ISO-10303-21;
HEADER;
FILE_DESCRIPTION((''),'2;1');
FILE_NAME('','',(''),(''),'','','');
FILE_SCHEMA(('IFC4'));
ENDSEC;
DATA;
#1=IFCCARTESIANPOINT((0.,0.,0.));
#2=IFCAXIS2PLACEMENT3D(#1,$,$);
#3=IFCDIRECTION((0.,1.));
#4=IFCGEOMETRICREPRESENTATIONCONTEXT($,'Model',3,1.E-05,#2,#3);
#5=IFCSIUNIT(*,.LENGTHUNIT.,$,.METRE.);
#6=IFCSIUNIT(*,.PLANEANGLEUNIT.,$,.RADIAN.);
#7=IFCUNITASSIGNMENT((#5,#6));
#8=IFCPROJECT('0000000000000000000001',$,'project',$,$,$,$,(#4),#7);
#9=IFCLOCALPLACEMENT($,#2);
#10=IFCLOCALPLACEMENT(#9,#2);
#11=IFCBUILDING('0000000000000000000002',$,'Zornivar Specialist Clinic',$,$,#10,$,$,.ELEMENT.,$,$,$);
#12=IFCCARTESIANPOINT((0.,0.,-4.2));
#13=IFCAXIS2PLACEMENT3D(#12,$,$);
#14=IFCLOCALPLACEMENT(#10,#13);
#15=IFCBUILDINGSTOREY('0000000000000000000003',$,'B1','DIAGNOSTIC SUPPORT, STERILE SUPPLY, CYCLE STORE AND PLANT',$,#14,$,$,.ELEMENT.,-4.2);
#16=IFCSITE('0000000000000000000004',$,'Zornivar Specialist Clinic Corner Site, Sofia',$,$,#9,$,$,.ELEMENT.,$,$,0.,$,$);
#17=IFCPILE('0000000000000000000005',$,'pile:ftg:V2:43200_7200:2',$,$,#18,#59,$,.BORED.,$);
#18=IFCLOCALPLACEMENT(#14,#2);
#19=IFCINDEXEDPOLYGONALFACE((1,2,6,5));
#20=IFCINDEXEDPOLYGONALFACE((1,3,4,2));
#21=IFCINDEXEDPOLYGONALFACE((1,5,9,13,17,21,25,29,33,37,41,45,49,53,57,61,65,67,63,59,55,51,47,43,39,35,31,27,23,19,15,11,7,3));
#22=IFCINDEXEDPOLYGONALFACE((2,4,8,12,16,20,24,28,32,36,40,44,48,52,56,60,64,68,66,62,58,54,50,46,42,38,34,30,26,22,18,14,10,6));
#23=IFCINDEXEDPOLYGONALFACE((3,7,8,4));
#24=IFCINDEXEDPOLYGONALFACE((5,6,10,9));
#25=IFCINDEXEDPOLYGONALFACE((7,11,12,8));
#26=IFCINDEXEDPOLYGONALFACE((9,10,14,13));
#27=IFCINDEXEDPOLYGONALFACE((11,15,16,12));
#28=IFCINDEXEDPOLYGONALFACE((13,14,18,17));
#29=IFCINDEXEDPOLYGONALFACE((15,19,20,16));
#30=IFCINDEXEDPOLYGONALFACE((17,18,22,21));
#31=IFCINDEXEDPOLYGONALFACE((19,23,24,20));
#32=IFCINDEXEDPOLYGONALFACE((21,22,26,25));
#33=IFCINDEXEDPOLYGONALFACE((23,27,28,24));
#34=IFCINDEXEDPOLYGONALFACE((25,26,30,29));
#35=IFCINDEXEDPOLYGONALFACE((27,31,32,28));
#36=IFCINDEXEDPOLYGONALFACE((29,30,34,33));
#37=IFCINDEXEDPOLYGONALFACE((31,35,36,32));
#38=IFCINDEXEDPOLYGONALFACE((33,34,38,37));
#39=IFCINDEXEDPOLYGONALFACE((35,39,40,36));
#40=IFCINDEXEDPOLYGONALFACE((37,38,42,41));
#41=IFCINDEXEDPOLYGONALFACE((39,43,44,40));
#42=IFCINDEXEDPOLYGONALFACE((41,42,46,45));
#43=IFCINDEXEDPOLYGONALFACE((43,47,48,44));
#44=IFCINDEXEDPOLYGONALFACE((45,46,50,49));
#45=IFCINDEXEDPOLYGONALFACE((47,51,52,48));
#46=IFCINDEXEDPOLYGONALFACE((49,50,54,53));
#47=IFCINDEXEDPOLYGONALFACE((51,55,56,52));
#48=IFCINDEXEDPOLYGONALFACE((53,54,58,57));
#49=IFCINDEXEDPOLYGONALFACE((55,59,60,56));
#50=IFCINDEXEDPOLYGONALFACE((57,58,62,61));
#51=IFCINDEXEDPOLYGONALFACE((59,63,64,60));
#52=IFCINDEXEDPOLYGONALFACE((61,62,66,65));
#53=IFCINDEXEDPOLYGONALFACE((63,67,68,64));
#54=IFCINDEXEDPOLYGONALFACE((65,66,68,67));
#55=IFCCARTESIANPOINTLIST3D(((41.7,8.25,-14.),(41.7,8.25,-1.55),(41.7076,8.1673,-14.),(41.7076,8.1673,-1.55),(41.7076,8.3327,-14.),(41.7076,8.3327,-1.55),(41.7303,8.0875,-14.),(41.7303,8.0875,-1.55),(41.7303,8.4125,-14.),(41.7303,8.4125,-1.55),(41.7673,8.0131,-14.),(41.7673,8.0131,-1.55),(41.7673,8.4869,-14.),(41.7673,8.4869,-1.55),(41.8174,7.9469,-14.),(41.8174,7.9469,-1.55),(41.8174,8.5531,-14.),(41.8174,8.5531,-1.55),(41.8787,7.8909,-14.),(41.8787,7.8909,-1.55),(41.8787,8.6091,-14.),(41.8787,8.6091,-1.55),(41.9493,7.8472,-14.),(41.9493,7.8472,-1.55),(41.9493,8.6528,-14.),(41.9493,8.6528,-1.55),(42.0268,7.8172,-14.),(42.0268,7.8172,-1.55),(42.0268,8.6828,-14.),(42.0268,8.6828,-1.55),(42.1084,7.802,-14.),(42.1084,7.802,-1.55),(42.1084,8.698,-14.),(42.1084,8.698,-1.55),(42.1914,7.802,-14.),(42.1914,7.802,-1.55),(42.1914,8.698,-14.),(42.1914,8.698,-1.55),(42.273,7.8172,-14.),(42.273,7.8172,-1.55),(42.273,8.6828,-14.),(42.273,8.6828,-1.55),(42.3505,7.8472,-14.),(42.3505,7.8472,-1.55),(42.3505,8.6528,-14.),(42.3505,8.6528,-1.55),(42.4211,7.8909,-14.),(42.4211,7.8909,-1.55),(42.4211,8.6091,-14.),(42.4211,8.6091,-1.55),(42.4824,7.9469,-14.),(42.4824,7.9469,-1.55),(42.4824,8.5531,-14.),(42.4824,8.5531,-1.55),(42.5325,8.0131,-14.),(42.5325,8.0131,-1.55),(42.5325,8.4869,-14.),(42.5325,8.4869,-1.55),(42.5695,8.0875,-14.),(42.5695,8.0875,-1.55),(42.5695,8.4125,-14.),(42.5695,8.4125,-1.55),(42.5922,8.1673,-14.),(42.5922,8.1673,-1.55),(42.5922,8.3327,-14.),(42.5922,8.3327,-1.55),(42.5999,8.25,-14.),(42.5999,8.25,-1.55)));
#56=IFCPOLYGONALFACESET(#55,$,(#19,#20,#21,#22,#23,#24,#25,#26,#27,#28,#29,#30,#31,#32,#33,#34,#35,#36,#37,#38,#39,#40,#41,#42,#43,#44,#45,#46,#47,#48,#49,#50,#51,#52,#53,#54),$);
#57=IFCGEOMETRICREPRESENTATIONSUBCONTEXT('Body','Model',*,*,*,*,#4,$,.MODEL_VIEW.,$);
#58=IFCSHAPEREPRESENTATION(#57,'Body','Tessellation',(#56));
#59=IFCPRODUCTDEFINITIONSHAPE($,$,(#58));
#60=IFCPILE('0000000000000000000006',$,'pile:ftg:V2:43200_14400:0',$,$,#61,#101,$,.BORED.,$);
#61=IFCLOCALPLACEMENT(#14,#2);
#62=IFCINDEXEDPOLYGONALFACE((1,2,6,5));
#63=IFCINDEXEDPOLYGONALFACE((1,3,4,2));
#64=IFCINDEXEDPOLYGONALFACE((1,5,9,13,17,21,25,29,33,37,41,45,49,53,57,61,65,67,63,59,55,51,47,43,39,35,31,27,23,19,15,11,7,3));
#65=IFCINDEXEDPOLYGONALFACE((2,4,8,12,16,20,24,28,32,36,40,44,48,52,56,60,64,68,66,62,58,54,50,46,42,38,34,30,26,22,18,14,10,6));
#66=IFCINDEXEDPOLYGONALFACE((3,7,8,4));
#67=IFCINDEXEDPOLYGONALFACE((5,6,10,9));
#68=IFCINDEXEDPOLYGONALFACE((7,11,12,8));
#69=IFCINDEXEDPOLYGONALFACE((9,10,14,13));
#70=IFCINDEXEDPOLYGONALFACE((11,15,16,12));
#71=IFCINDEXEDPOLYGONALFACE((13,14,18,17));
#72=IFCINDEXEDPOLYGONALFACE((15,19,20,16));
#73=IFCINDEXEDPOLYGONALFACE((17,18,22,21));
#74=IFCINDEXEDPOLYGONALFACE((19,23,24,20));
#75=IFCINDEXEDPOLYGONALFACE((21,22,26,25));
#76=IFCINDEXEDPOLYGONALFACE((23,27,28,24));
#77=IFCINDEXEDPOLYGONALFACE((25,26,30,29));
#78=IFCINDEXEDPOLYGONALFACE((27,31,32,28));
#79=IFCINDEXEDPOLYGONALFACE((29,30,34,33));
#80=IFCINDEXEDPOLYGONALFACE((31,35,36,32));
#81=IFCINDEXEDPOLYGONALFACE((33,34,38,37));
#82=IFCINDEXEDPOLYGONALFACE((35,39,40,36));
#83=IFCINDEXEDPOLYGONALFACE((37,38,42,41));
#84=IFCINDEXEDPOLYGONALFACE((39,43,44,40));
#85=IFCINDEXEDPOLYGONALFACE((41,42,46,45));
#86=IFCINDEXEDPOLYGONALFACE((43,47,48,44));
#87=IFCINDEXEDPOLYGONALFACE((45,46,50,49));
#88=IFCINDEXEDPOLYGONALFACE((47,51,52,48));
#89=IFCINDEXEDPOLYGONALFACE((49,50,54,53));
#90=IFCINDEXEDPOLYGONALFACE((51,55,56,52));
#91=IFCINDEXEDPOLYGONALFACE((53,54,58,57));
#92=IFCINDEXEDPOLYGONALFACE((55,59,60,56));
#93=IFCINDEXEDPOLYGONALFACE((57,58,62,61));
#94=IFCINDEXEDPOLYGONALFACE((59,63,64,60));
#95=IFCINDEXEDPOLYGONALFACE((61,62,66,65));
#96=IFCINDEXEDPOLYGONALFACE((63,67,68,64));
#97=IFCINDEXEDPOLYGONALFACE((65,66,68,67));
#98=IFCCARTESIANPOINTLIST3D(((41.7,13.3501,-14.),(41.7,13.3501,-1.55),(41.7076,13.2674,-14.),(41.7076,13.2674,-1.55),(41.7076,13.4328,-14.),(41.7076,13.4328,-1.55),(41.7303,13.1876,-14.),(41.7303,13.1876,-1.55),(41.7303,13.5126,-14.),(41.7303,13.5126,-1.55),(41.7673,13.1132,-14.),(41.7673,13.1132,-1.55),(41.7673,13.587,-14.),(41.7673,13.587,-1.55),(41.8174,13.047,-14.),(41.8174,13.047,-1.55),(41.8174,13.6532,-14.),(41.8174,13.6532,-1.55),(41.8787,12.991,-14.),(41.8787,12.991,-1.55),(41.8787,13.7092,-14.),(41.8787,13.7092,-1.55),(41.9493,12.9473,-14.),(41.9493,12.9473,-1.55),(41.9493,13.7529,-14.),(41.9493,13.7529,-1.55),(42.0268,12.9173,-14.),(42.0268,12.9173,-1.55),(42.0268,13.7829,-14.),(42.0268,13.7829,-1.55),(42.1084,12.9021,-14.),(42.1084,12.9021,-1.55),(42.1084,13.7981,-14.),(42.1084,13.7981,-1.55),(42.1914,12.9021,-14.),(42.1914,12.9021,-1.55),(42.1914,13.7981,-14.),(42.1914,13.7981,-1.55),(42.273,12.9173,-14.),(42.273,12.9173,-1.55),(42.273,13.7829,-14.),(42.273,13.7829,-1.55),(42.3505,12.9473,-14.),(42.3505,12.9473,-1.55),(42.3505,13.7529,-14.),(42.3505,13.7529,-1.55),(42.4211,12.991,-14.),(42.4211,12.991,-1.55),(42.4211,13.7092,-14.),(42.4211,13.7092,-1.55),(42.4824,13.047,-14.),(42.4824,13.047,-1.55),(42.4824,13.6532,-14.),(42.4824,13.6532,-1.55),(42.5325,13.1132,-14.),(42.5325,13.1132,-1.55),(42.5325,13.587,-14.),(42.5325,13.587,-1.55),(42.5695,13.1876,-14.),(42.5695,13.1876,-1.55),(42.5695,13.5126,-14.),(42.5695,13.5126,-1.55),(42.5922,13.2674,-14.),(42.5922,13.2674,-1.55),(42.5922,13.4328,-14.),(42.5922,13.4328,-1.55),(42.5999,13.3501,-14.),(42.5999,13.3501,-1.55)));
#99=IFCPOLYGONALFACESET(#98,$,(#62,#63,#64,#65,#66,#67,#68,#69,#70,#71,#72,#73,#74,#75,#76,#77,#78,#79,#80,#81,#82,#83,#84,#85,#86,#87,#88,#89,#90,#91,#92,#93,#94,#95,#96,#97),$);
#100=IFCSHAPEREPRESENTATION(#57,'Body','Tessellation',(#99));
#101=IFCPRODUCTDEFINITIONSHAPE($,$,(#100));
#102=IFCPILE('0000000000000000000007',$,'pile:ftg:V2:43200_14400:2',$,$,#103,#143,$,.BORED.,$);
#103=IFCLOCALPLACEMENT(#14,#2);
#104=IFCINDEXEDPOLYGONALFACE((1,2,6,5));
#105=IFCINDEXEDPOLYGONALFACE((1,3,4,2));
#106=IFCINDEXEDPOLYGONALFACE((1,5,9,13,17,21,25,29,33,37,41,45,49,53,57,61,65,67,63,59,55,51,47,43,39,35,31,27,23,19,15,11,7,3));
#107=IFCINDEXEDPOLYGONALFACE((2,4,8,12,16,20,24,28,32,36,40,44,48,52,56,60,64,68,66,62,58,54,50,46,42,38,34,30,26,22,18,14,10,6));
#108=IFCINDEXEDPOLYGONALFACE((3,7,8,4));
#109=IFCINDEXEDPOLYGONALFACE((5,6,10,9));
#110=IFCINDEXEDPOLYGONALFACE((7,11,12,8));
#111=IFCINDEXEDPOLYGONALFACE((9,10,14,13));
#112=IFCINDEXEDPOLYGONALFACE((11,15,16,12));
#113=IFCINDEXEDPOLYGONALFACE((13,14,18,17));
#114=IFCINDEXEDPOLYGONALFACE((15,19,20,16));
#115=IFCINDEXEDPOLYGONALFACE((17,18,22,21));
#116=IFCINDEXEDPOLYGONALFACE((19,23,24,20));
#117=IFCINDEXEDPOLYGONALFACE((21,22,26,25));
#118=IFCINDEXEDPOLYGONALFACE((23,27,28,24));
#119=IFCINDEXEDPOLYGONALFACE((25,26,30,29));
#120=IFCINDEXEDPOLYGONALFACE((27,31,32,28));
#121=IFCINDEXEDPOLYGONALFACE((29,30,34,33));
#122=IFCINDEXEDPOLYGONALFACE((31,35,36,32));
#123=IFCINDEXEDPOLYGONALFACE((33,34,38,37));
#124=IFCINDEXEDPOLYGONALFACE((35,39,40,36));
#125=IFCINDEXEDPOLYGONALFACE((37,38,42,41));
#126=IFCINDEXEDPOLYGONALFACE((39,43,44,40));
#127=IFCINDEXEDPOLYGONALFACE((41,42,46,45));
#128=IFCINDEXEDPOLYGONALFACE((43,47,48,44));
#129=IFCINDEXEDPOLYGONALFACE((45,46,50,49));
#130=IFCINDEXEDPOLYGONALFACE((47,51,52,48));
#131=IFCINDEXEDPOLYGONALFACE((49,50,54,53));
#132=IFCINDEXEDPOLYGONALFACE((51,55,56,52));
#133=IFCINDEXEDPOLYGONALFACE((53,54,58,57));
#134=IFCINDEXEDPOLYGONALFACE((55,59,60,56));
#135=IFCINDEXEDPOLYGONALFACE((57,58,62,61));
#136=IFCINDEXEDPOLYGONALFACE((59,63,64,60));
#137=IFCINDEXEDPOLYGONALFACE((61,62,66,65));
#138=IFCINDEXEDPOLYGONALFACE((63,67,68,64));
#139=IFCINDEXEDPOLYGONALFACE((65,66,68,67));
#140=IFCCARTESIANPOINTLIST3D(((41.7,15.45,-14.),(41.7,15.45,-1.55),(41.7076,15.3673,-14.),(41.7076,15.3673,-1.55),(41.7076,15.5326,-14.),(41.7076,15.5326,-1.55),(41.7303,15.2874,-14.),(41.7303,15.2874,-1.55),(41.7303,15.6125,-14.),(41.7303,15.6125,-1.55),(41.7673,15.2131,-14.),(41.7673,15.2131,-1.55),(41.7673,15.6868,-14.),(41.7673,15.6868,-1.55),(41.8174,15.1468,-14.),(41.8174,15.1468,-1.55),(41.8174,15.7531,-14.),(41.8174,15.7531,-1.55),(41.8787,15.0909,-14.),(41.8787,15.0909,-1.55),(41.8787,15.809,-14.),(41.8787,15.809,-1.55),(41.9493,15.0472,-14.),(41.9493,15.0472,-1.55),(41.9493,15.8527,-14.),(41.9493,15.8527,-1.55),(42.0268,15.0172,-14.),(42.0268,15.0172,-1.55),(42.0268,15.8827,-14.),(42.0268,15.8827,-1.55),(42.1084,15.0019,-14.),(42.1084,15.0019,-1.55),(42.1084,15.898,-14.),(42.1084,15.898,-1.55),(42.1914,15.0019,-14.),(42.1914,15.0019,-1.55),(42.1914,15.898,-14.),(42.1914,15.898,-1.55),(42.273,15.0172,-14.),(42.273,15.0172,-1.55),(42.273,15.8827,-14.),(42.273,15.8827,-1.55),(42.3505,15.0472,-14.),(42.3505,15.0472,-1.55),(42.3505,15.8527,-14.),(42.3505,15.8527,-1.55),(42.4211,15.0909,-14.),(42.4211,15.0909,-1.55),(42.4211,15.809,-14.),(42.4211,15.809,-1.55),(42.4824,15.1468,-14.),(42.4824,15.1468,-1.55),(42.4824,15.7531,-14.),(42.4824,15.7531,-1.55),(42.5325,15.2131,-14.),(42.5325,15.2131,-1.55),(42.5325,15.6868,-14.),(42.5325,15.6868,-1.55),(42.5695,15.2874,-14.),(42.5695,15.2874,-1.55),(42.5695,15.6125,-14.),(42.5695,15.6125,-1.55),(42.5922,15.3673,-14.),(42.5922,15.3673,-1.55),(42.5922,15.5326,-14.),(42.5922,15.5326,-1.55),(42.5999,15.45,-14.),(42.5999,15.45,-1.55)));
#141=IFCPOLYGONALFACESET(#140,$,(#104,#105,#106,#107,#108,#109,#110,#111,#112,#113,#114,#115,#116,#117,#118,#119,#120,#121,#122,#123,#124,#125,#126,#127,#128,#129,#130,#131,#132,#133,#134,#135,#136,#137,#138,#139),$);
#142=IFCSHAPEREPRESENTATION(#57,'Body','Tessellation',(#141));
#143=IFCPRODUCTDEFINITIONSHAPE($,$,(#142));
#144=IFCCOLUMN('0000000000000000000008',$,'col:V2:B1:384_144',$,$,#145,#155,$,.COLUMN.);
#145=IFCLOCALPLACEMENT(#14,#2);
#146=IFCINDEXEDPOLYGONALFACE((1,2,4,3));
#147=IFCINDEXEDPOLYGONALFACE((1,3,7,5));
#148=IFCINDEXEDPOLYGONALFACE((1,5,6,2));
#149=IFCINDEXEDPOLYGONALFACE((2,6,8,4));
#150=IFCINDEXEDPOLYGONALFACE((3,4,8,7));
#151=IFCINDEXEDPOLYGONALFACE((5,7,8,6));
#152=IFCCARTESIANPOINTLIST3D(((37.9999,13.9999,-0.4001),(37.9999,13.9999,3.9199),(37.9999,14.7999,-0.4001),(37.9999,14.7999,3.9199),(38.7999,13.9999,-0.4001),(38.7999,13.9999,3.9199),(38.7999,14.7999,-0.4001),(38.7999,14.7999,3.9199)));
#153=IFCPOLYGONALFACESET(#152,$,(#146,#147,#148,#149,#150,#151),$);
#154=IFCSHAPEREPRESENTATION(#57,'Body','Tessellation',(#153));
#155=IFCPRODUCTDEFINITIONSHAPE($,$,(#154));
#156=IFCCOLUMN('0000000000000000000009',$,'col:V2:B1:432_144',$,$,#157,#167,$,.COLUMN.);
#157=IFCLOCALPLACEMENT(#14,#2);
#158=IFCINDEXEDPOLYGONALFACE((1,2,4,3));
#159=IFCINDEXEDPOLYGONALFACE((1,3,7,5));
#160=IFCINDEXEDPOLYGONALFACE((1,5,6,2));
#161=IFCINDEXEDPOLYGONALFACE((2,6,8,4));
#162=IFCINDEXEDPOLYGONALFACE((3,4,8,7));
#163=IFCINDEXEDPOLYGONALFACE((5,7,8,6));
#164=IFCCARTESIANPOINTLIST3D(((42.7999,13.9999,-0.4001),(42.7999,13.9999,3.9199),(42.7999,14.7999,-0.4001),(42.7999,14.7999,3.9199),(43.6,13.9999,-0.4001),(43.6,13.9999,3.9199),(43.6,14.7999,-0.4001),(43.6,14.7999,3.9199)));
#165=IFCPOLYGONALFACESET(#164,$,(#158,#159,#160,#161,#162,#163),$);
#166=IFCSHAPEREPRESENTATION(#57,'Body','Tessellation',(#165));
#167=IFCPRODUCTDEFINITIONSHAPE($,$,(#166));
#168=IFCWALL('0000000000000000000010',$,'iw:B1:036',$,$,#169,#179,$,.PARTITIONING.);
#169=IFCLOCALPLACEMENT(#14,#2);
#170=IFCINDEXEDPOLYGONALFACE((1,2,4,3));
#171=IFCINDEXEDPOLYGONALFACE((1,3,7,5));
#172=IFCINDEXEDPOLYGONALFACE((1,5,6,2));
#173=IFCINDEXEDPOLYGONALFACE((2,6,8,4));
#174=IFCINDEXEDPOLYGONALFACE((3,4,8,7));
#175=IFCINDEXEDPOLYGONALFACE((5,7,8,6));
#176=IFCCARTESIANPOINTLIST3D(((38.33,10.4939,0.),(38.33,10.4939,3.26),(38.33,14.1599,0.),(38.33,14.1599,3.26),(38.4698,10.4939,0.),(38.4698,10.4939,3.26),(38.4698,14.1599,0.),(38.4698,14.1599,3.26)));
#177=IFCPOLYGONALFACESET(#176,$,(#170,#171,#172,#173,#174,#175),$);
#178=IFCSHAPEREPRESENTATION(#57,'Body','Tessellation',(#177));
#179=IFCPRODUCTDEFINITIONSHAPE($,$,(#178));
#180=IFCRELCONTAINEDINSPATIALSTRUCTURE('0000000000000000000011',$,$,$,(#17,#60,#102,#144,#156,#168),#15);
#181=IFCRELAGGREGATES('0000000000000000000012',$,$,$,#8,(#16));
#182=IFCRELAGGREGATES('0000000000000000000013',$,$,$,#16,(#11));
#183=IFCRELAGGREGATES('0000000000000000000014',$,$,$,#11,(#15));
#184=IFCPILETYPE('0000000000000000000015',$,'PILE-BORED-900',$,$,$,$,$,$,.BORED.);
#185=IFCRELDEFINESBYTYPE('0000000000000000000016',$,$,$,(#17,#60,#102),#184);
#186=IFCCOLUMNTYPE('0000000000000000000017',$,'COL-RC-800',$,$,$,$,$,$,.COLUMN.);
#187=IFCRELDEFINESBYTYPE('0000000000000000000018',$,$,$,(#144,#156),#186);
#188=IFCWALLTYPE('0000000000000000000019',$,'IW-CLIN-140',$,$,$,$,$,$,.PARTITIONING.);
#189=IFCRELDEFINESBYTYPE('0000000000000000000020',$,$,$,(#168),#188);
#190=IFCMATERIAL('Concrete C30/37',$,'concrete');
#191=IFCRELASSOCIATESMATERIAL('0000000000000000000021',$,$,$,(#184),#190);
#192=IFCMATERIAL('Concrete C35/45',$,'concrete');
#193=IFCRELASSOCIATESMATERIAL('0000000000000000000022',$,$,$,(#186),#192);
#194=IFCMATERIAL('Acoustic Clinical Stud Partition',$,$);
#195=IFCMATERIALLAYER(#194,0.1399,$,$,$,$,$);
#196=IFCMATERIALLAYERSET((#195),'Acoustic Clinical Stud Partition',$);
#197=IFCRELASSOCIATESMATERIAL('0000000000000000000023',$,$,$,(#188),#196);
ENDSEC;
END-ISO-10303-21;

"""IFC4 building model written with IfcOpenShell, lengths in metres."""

from ifc_helpers import new_model, si_unit, direction, frame, frame_2d, origin, origin_2d, place, context, subcontext, project, spatial, rectangle, circle, extrude, material, layer, layer_set, material_profile, profile_set, type_object, element, save


model = new_model("IFC4")

# Units and contexts
model_context = context("Model", 3, precision=1e-05, world=origin(), true_north=direction((0.0, 1.0)))
body_context = subcontext(model_context, "Body", "Model", "MODEL_VIEW")
ifc_project = project(units=[si_unit("LENGTHUNIT", "METRE"), si_unit("PLANEANGLEUNIT", "RADIAN")], contexts=[model_context])

# Site, building, storey
site_placement = place(None, origin())
site = spatial("IfcSite", under=ifc_project, at=site_placement, Name="Zornivar Specialist Clinic Corner Site, Sofia", CompositionType="ELEMENT", RefElevation=0.0)
building_placement = place(site_placement, origin())
building = spatial("IfcBuilding", under=site, at=building_placement, Name="Zornivar Specialist Clinic", CompositionType="ELEMENT")
storey_placement = place(building_placement, frame((0.0, 0.0, -4.2)))
storey = spatial("IfcBuildingStorey", under=building, at=storey_placement, Name="B1", Description="DIAGNOSTIC SUPPORT, STERILE SUPPLY, CYCLE STORE AND PLANT", CompositionType="ELEMENT", Elevation=-4.2)

# Piles
ifc_material_1 = material(Name="Concrete C30/37", Category="concrete")
ifc_material_profile_1 = material_profile(ifc_material_1, circle(Radius=0.45, at=origin_2d()), Name="PILE D900")
ifc_profile_set_1 = profile_set([ifc_material_profile_1], Name="Concrete C30/37")
pile_type = type_object("IfcPileType", Name="PILE-BORED-900", PredefinedType="BORED", material=ifc_profile_set_1)
for number, where, z_axis, x_axis, name in (
    (1, (42.1499, 8.25, -1.55), (0.0, 0.0, -1.0), (1.0, 0.0, 0.0), "pile:ftg:V2:43200_7200:2"),
    (2, (42.1499, 13.3501, -1.55), (0.0, 0.0, -1.0), (1.0, 0.0, 0.0), "pile:ftg:V2:43200_14400:0"),
    (3, (42.1499, 15.45, -1.55), (0.0, 0.0, -1.0), (1.0, 0.0, 0.0), "pile:ftg:V2:43200_14400:2"),
):
    element("IfcPile", number, at=place(storey_placement, frame(where, z_axis=z_axis, x_axis=x_axis)), inside=storey, type_object=pile_type, Name=name, PredefinedType="BORED", context=body_context, shape_type="SweptSolid", body=[
        extrude(circle(Radius=0.45, at=origin_2d()), origin(), (0.0, 0.0, 1.0), 12.45),
    ])

# Columns
ifc_material_2 = material(Name="Concrete C35/45", Category="concrete")
ifc_material_profile_2 = material_profile(ifc_material_2, rectangle(XDim=0.8, YDim=0.8, at=origin_2d()), Name="RC 800x800")
ifc_profile_set_2 = profile_set([ifc_material_profile_2], Name="Concrete C35/45")
column_type = type_object("IfcColumnType", Name="COL-RC-800", PredefinedType="COLUMN", material=ifc_profile_set_2)
for number, where, z_axis, x_axis, name in (
    (4, (38.3999, 14.3999, -0.4001), (0.0, 0.0, 1.0), (1.0, 0.0, 0.0), "col:V2:B1:384_144"),
    (5, (43.2, 14.3999, -0.4001), (0.0, 0.0, 1.0), (1.0, 0.0, 0.0), "col:V2:B1:432_144"),
):
    element("IfcColumn", number, at=place(storey_placement, frame(where, z_axis=z_axis, x_axis=x_axis)), inside=storey, type_object=column_type, Name=name, PredefinedType="COLUMN", context=body_context, shape_type="SweptSolid", body=[
        extrude(rectangle(XDim=0.8, YDim=0.8, at=origin_2d()), origin(), (0.0, 0.0, 1.0), 4.3201),
    ])

# Wall
ifc_material_3 = material(Name="Acoustic Clinical Stud Partition")
ifc_layer_1 = layer(ifc_material_3, 0.1399)
ifc_layer_set_1 = layer_set([ifc_layer_1], Name="Acoustic Clinical Stud Partition")
wall_type_1 = type_object("IfcWallType", Name="IW-CLIN-140", PredefinedType="PARTITIONING", material=ifc_layer_set_1)
wall_1_placement = place(storey_placement, frame((38.3999, 14.1599, 0.0), z_axis=(0.0, 0.0, 1.0), x_axis=(0.0, -1.0, 0.0)))
element("IfcWall", 6, at=wall_1_placement, inside=storey, type_object=wall_type_1, Name="iw:B1:036", PredefinedType="PARTITIONING", context=body_context, shape_type="SweptSolid", body=[
    extrude(rectangle(XDim=3.666, YDim=0.1399, at=frame_2d((1.833, 0.0))), origin(), (0.0, 0.0, 1.0), 3.26),
])

save(model, "model.ifc")
